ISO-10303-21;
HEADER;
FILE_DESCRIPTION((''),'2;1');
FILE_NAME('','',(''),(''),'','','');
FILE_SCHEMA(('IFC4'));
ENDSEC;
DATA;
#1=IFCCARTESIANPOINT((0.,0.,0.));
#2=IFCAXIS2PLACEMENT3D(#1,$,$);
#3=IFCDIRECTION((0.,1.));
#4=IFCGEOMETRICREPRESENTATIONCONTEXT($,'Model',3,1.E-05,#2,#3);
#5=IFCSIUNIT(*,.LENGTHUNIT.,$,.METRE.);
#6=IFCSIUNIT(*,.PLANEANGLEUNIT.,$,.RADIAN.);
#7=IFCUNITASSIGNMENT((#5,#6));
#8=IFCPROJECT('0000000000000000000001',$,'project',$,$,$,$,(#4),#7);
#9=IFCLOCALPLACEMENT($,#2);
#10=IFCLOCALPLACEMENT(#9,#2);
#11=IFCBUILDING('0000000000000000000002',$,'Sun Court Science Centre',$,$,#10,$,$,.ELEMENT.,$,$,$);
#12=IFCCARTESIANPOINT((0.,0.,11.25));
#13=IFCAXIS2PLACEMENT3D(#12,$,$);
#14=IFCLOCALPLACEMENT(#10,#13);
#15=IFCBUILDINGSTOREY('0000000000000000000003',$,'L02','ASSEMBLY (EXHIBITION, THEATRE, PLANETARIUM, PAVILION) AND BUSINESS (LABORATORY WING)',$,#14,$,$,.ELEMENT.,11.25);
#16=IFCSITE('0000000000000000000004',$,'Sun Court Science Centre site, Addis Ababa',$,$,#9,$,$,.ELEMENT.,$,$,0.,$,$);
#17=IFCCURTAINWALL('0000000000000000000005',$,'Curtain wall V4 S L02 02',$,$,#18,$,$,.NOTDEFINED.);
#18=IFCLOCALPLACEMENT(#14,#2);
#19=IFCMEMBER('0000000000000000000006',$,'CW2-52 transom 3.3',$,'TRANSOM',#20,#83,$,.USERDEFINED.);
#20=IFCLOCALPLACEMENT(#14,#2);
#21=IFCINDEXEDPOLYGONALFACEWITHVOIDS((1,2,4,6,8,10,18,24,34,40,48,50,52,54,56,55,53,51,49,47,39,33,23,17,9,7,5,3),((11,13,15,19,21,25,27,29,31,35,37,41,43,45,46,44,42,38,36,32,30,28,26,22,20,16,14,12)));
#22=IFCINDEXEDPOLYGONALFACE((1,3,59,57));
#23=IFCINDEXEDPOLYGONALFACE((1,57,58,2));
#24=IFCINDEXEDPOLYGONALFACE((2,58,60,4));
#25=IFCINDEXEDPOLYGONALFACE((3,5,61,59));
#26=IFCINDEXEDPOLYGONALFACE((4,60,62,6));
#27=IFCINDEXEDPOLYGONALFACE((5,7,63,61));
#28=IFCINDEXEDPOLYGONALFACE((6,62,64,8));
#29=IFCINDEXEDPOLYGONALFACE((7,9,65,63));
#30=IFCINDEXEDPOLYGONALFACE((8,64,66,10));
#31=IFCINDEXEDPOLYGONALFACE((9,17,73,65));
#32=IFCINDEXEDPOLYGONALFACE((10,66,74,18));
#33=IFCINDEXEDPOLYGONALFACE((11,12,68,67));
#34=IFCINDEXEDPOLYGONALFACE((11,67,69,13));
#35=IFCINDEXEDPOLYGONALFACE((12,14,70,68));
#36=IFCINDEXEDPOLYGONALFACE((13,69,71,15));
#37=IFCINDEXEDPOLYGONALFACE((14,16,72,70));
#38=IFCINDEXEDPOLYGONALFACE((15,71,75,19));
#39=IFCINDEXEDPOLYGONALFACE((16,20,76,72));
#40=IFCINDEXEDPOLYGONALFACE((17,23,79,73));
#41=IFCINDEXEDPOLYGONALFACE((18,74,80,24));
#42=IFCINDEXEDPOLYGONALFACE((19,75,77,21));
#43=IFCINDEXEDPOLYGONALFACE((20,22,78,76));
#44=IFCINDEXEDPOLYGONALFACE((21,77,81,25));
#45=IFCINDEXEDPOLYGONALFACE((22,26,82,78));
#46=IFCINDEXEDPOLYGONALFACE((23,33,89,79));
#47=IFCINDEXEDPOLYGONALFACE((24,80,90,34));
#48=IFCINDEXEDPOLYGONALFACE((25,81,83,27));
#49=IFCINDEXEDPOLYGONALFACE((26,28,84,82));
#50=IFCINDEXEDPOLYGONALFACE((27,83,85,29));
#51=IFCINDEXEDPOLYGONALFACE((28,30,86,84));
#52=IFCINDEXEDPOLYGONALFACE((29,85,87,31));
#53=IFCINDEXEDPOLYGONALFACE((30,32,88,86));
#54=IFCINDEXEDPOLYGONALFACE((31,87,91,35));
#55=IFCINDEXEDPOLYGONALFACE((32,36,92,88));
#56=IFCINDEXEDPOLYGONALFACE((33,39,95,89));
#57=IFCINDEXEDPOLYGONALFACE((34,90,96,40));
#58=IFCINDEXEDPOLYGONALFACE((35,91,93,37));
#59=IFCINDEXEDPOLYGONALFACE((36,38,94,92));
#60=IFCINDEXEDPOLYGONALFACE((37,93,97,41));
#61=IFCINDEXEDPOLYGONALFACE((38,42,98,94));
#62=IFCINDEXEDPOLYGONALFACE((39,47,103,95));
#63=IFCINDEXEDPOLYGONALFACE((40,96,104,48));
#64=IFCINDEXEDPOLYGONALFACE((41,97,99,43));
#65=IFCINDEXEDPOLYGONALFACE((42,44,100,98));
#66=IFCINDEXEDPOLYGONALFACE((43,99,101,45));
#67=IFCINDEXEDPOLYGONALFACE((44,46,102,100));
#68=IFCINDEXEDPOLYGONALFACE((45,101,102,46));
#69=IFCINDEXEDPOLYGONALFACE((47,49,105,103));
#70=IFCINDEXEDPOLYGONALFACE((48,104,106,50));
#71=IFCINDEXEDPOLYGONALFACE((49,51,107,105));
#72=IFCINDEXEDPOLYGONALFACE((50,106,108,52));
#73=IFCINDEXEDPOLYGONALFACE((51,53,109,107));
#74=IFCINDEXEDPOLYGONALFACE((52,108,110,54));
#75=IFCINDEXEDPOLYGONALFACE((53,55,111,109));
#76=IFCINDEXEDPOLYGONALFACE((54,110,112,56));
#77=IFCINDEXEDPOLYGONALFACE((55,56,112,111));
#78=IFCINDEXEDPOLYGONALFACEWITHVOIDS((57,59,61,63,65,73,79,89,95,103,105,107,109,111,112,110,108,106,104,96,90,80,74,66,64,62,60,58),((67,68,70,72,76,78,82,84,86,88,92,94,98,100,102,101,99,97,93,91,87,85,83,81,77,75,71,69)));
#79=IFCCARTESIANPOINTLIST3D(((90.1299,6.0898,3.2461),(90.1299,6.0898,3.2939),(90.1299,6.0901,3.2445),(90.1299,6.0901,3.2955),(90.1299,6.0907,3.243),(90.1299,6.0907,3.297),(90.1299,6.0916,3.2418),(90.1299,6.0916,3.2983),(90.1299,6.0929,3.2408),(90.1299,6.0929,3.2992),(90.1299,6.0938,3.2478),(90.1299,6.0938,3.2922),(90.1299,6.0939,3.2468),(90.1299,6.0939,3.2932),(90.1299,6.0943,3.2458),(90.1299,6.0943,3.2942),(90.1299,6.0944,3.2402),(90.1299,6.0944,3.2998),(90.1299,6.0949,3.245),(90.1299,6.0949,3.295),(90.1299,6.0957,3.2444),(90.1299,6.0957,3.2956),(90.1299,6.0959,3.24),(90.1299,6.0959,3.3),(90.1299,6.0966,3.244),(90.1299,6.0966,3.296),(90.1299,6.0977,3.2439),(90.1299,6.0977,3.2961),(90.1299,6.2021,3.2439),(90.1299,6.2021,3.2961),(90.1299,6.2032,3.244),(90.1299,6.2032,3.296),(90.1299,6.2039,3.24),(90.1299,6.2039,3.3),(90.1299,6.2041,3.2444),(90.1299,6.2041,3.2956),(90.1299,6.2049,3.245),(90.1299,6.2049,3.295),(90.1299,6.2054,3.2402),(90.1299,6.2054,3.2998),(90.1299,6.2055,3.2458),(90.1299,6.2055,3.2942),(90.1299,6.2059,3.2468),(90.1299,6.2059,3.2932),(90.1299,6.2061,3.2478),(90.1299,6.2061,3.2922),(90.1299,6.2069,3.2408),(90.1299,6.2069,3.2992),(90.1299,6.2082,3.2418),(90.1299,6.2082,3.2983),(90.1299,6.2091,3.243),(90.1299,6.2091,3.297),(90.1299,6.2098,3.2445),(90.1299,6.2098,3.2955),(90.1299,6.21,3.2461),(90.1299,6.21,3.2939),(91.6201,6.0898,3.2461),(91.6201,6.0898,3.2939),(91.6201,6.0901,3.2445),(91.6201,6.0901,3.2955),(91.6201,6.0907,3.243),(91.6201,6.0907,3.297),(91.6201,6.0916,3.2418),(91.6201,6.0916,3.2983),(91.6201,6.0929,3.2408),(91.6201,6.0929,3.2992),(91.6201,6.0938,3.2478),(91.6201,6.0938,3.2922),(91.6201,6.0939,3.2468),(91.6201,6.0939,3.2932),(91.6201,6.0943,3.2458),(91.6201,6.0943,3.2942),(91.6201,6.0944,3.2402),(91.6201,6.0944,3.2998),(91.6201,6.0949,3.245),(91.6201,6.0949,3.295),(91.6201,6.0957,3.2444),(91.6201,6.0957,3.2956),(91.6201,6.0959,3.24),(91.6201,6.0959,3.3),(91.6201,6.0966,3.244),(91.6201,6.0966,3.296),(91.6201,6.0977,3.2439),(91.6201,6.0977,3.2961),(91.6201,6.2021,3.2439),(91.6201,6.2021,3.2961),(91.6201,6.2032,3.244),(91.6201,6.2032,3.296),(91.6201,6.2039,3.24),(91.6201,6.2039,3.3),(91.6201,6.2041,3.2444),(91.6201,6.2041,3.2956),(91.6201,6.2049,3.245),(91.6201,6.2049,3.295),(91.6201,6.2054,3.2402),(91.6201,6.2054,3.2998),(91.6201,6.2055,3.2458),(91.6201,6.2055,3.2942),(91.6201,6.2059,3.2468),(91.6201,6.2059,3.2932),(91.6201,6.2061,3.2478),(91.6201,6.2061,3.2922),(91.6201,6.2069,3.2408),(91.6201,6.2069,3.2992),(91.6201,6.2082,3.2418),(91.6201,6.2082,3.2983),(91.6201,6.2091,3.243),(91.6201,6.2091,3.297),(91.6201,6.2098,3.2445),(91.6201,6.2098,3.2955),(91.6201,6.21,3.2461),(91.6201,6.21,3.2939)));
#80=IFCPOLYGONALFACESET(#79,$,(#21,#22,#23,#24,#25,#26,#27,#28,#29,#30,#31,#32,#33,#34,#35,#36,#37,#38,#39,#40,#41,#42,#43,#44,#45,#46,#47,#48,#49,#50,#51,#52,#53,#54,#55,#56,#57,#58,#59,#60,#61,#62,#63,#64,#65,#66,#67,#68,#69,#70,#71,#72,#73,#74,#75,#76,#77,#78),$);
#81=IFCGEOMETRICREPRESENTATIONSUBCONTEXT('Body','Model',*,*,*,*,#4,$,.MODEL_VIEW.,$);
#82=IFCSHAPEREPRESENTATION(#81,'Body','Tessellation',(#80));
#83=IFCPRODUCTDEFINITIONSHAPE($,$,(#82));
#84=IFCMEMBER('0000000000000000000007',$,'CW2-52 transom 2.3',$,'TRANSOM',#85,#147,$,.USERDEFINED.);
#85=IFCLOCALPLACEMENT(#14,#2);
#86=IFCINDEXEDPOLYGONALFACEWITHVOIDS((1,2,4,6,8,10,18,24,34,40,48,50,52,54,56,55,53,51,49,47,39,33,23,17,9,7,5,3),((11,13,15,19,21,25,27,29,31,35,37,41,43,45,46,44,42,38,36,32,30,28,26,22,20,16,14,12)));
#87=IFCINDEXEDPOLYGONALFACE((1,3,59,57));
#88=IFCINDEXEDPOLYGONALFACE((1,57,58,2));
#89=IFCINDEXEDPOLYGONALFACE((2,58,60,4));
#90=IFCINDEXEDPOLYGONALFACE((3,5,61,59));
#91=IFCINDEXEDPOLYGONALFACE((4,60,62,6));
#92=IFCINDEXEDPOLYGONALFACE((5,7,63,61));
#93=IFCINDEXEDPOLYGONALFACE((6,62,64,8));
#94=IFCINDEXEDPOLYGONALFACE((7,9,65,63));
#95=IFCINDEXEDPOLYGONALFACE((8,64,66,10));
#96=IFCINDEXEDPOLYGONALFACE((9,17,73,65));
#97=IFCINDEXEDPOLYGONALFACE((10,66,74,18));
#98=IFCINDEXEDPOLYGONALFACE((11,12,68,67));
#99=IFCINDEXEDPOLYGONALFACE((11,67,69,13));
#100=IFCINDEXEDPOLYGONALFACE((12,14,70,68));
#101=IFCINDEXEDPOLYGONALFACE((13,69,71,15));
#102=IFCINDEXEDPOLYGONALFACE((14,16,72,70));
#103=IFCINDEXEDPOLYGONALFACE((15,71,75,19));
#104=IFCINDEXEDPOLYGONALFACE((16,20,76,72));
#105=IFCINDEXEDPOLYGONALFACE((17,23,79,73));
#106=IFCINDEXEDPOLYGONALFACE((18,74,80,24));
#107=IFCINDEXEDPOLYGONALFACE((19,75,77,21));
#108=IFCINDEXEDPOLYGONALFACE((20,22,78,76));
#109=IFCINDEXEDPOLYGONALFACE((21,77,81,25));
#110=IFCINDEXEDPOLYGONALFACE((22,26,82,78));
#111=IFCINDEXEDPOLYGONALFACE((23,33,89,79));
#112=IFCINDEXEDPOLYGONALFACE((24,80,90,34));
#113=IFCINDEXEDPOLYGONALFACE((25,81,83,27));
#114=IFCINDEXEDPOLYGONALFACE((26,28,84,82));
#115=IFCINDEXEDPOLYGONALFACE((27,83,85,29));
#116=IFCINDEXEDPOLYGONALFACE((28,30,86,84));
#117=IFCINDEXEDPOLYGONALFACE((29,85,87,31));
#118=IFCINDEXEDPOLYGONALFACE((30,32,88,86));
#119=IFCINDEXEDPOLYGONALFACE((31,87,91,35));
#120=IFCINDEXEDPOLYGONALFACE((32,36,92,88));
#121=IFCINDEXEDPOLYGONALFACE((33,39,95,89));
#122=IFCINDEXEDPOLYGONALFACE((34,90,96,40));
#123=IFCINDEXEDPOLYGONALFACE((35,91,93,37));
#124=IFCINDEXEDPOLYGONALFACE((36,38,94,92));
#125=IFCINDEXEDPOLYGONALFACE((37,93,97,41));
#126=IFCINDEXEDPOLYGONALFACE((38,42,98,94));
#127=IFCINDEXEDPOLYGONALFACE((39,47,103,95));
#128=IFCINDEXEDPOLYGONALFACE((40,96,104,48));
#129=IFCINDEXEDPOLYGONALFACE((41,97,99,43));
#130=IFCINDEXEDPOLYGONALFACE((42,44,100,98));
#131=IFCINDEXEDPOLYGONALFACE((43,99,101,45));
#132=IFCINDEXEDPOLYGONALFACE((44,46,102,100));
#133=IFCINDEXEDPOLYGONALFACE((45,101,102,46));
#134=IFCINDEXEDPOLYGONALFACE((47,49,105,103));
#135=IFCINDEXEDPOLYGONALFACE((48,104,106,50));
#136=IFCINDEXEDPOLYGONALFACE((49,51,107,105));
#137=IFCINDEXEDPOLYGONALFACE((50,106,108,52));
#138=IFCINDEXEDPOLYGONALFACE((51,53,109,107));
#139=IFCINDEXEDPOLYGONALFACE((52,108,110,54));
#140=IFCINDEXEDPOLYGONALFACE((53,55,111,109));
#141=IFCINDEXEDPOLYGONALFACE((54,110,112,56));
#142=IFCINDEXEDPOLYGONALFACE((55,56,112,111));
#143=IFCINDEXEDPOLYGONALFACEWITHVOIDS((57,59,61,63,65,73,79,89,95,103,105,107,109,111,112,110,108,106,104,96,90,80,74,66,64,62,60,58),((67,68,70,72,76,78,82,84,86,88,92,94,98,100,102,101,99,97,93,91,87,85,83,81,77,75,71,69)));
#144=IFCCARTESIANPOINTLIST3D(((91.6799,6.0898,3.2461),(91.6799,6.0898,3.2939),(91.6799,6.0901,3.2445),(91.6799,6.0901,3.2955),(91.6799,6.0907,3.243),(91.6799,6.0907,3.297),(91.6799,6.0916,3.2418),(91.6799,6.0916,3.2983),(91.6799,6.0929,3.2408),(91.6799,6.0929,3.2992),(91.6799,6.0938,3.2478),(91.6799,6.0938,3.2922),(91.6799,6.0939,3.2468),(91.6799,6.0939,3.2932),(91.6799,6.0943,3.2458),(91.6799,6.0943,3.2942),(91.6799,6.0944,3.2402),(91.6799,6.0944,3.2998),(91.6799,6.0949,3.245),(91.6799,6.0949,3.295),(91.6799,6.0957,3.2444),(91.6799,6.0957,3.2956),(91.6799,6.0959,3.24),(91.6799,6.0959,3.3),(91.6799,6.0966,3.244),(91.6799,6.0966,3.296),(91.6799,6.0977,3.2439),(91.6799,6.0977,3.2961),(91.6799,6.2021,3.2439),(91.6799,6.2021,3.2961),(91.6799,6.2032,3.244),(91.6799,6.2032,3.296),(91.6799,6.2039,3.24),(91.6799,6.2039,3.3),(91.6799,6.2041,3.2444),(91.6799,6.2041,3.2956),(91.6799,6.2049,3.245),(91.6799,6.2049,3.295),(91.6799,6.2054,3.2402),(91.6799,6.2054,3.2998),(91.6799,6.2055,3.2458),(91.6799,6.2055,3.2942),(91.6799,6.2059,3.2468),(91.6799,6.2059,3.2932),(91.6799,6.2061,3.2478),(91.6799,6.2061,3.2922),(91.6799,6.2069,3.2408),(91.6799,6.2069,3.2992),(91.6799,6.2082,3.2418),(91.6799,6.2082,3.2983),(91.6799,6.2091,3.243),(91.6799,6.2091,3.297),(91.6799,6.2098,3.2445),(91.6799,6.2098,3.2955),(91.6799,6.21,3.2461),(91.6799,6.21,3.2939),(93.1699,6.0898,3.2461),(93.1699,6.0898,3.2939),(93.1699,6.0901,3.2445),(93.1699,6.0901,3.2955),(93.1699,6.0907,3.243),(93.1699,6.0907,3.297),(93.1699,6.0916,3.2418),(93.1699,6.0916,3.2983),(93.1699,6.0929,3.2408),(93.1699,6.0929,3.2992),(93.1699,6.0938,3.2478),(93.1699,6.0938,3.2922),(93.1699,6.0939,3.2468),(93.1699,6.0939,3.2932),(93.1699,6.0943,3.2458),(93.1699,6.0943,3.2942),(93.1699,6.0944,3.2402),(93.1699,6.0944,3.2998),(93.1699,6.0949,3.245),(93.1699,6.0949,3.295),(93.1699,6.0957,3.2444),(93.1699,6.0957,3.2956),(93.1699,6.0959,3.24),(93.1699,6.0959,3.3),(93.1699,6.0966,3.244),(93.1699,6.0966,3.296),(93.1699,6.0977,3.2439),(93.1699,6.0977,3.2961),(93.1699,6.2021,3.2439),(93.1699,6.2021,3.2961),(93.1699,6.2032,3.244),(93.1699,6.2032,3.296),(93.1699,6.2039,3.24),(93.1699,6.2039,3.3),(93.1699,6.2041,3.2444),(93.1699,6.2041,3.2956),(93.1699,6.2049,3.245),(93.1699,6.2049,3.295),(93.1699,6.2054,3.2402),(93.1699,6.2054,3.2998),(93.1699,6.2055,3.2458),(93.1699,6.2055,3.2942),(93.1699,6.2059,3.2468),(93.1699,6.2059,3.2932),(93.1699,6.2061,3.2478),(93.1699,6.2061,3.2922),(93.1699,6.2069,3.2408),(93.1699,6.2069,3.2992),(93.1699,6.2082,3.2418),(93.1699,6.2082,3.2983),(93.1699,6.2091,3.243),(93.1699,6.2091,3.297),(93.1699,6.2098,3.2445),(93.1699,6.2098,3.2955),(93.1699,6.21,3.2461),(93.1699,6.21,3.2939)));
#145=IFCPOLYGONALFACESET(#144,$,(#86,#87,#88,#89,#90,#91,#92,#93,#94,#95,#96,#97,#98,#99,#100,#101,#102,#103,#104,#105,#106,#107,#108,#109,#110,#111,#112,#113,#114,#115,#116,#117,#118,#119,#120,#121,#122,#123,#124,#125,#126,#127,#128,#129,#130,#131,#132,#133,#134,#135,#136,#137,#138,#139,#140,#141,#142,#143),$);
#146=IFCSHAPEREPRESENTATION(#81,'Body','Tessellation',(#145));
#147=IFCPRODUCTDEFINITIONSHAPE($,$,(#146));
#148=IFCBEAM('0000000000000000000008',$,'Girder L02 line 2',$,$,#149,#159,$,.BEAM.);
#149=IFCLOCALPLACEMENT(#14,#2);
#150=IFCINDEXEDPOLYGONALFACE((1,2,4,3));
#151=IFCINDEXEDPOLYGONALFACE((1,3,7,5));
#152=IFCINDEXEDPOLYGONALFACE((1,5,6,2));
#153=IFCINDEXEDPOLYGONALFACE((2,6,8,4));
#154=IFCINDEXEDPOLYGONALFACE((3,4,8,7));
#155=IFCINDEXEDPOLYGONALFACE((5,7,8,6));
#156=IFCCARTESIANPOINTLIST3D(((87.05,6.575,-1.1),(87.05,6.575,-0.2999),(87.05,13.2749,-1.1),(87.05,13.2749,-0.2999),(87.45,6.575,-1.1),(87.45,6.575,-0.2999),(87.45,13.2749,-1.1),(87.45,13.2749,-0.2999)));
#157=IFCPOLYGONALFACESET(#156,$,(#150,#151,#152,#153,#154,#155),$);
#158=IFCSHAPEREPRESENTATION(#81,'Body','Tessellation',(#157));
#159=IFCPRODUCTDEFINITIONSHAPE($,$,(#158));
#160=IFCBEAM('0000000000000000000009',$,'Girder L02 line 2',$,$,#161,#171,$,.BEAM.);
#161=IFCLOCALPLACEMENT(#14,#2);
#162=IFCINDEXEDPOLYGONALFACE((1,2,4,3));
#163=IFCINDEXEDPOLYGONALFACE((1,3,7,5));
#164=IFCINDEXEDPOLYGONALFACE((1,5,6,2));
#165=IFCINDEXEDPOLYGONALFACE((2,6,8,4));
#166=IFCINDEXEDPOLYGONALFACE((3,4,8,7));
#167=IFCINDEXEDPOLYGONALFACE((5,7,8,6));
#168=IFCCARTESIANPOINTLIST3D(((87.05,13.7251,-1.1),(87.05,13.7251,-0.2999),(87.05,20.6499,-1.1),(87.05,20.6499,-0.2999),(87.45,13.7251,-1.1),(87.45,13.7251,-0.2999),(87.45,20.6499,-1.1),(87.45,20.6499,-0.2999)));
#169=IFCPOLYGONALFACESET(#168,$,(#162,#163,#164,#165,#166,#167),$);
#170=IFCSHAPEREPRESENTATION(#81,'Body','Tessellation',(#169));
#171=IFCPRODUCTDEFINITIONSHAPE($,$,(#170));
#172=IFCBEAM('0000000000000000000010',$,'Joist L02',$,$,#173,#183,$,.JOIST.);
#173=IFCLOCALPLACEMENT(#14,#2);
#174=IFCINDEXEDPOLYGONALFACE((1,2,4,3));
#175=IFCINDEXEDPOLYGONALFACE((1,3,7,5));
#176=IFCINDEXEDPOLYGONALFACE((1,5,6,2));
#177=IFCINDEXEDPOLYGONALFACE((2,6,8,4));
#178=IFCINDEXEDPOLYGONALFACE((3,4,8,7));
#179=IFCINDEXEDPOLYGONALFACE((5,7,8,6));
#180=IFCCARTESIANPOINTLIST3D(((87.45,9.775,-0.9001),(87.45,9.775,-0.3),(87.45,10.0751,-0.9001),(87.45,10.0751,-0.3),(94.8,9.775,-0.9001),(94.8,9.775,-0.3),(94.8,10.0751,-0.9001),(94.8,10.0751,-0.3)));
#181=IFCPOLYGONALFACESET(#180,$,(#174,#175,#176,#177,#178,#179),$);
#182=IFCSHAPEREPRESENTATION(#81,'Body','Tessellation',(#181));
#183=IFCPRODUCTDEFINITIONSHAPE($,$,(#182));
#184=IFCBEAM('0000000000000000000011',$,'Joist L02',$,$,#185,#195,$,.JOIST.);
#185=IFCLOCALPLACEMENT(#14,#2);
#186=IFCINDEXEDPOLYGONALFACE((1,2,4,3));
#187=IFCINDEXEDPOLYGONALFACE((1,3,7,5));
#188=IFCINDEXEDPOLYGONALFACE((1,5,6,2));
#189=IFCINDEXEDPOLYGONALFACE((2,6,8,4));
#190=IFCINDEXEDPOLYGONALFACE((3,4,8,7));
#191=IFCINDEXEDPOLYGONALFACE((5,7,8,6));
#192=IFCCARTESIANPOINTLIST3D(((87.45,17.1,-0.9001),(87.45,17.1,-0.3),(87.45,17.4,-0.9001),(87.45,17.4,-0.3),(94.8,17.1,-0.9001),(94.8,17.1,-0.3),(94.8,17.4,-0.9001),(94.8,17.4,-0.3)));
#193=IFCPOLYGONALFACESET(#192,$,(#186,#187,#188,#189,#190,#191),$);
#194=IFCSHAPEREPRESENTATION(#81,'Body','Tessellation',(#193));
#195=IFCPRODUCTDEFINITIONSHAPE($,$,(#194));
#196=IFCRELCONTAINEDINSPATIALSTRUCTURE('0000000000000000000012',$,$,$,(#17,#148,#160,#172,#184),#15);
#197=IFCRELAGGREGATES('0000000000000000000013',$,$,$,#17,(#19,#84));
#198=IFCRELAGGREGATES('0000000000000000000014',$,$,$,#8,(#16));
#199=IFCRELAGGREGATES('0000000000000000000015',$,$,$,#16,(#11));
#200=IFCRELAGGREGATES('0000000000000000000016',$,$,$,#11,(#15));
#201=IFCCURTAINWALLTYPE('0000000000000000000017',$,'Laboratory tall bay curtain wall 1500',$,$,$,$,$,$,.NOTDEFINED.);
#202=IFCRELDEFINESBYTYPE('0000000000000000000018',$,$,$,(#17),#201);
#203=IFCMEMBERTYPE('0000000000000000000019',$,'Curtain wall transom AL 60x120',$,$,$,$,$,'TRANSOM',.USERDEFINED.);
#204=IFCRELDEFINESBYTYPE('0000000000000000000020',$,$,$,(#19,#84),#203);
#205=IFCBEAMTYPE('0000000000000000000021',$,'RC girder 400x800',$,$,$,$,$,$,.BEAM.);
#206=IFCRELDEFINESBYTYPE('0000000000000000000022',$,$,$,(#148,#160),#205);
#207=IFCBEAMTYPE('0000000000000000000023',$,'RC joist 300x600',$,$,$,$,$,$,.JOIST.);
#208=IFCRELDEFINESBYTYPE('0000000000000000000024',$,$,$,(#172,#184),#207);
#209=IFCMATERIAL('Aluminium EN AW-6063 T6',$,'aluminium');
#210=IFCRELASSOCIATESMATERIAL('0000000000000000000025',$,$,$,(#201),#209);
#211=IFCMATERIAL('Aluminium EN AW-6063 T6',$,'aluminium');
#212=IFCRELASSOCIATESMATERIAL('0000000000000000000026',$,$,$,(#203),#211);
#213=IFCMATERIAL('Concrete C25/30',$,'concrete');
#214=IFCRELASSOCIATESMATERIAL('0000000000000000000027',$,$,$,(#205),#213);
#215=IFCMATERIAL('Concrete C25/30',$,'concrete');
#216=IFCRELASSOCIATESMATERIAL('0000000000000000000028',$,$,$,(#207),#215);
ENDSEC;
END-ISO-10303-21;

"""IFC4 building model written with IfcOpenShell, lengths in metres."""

from ifc_helpers import new_model, si_unit, direction, frame, origin, origin_2d, place, context, subcontext, project, spatial, rectangle, hollow_rectangle, extrude, material, material_profile, profile_set, type_object, element, aggregate, save


model = new_model("IFC4")

# Units and contexts
model_context = context("Model", 3, precision=1e-05, world=origin(), true_north=direction((0.0, 1.0)))
body_context = subcontext(model_context, "Body", "Model", "MODEL_VIEW")
ifc_project = project(units=[si_unit("LENGTHUNIT", "METRE"), si_unit("PLANEANGLEUNIT", "RADIAN")], contexts=[model_context])

# Site, building, storey
site_placement = place(None, origin())
site = spatial("IfcSite", under=ifc_project, at=site_placement, Name="Sun Court Science Centre site, Addis Ababa", CompositionType="ELEMENT", RefElevation=0.0)
building_placement = place(site_placement, origin())
building = spatial("IfcBuilding", under=site, at=building_placement, Name="Sun Court Science Centre", CompositionType="ELEMENT")
storey_placement = place(building_placement, frame((0.0, 0.0, 11.25)))
storey = spatial("IfcBuildingStorey", under=building, at=storey_placement, Name="L02", Description="ASSEMBLY (EXHIBITION, THEATRE, PLANETARIUM, PAVILION) AND BUSINESS (LABORATORY WING)", CompositionType="ELEMENT", Elevation=11.25)

# Curtain wall, members
ifc_material_1 = material(Name="Aluminium EN AW-6063 T6", Category="aluminium")
curtain_wall_type = type_object("IfcCurtainWallType", Name="Laboratory tall bay curtain wall 1500", PredefinedType="NOTDEFINED", material=ifc_material_1)
curtain_wall_placement = place(storey_placement, origin())
curtain_wall = element("IfcCurtainWall", 1, at=curtain_wall_placement, inside=storey, type_object=curtain_wall_type, Name="Curtain wall V4 S L02 02", PredefinedType="NOTDEFINED")
ifc_material_2 = material(Name="Aluminium EN AW-6063 T6", Category="aluminium")
ifc_material_profile_1 = material_profile(ifc_material_2, hollow_rectangle(XDim=0.0601, YDim=0.1201, WallThickness=0.0039, InnerFilletRadius=0.0039, OuterFilletRadius=0.0061, at=origin_2d()), Name="AL 60x120x4")
ifc_profile_set_1 = profile_set([ifc_material_profile_1], Name="Aluminium EN AW-6063 T6")
member_type_1 = type_object("IfcMemberType", Name="Curtain wall transom AL 60x120", ElementType="TRANSOM", PredefinedType="USERDEFINED", material=ifc_profile_set_1)
member_1_placement = place(storey_placement, frame((91.6201, 6.1499, 3.27), z_axis=(-1.0, 0.0, 0.0), x_axis=(0.0, 0.0, 1.0)))
member_1 = element("IfcMember", 2, at=member_1_placement, type_object=member_type_1, Name="CW2-52 transom 3.3", ObjectType="TRANSOM", PredefinedType="USERDEFINED", context=body_context, shape_type="SweptSolid", body=[
    extrude(hollow_rectangle(XDim=0.0601, YDim=0.1201, WallThickness=0.0039, InnerFilletRadius=0.0039, OuterFilletRadius=0.0061, at=origin_2d()), origin(), (0.0, 0.0, 1.0), 1.4902),
])
member_2_placement = place(storey_placement, frame((93.1699, 6.1499, 3.27), z_axis=(-1.0, 0.0, 0.0), x_axis=(0.0, 0.0, 1.0)))
member_2 = element("IfcMember", 3, at=member_2_placement, type_object=member_type_1, Name="CW2-52 transom 2.3", ObjectType="TRANSOM", PredefinedType="USERDEFINED", context=body_context, shape_type="SweptSolid", body=[
    extrude(hollow_rectangle(XDim=0.0601, YDim=0.1201, WallThickness=0.0039, InnerFilletRadius=0.0039, OuterFilletRadius=0.0061, at=origin_2d()), origin(), (0.0, 0.0, 1.0), 1.49),
])

# Beams
ifc_material_3 = material(Name="Concrete C25/30", Category="concrete")
ifc_material_profile_2 = material_profile(ifc_material_3, rectangle(XDim=0.3999, YDim=0.8, at=origin_2d()), Name="RC 400x800")
ifc_profile_set_2 = profile_set([ifc_material_profile_2], Name="Concrete C25/30")
beam_type_1 = type_object("IfcBeamType", Name="RC girder 400x800", PredefinedType="BEAM", material=ifc_profile_set_2)
beam_1_placement = place(storey_placement, frame((87.25, 6.575, -0.7), z_axis=(0.0, 1.0, 0.0), x_axis=(-1.0, 0.0, 0.0)))
element("IfcBeam", 4, at=beam_1_placement, inside=storey, type_object=beam_type_1, Name="Girder L02 line 2", PredefinedType="BEAM", context=body_context, shape_type="SweptSolid", body=[
    extrude(rectangle(XDim=0.3999, YDim=0.8, at=origin_2d()), origin(), (0.0, 0.0, 1.0), 6.7),
])
beam_2_placement = place(storey_placement, frame((87.25, 13.7251, -0.7), z_axis=(0.0, 1.0, 0.0), x_axis=(-1.0, 0.0, 0.0)))
element("IfcBeam", 5, at=beam_2_placement, inside=storey, type_object=beam_type_1, Name="Girder L02 line 2", PredefinedType="BEAM", context=body_context, shape_type="SweptSolid", body=[
    extrude(rectangle(XDim=0.3999, YDim=0.8, at=origin_2d()), origin(), (0.0, 0.0, 1.0), 6.9248),
])
ifc_material_4 = material(Name="Concrete C25/30", Category="concrete")
ifc_material_profile_3 = material_profile(ifc_material_4, rectangle(XDim=0.3, YDim=0.6001, at=origin_2d()), Name="RC 300x600")
ifc_profile_set_3 = profile_set([ifc_material_profile_3], Name="Concrete C25/30")
beam_type_2 = type_object("IfcBeamType", Name="RC joist 300x600", PredefinedType="JOIST", material=ifc_profile_set_3)
for number, where, z_axis, x_axis, name in (
    (6, (87.45, 9.925, -0.6001), (1.0, 0.0, 0.0), (0.0, 1.0, 0.0), "Joist L02"),
    (7, (87.45, 17.25, -0.6001), (1.0, 0.0, 0.0), (0.0, 1.0, 0.0), "Joist L02"),
):
    element("IfcBeam", number, at=place(storey_placement, frame(where, z_axis=z_axis, x_axis=x_axis)), inside=storey, type_object=beam_type_2, Name=name, PredefinedType="JOIST", context=body_context, shape_type="SweptSolid", body=[
        extrude(rectangle(XDim=0.3, YDim=0.6001, at=origin_2d()), origin(), (0.0, 0.0, 1.0), 7.3501),
    ])

aggregate(curtain_wall, [member_1, member_2])

save(model, "model.ifc")
